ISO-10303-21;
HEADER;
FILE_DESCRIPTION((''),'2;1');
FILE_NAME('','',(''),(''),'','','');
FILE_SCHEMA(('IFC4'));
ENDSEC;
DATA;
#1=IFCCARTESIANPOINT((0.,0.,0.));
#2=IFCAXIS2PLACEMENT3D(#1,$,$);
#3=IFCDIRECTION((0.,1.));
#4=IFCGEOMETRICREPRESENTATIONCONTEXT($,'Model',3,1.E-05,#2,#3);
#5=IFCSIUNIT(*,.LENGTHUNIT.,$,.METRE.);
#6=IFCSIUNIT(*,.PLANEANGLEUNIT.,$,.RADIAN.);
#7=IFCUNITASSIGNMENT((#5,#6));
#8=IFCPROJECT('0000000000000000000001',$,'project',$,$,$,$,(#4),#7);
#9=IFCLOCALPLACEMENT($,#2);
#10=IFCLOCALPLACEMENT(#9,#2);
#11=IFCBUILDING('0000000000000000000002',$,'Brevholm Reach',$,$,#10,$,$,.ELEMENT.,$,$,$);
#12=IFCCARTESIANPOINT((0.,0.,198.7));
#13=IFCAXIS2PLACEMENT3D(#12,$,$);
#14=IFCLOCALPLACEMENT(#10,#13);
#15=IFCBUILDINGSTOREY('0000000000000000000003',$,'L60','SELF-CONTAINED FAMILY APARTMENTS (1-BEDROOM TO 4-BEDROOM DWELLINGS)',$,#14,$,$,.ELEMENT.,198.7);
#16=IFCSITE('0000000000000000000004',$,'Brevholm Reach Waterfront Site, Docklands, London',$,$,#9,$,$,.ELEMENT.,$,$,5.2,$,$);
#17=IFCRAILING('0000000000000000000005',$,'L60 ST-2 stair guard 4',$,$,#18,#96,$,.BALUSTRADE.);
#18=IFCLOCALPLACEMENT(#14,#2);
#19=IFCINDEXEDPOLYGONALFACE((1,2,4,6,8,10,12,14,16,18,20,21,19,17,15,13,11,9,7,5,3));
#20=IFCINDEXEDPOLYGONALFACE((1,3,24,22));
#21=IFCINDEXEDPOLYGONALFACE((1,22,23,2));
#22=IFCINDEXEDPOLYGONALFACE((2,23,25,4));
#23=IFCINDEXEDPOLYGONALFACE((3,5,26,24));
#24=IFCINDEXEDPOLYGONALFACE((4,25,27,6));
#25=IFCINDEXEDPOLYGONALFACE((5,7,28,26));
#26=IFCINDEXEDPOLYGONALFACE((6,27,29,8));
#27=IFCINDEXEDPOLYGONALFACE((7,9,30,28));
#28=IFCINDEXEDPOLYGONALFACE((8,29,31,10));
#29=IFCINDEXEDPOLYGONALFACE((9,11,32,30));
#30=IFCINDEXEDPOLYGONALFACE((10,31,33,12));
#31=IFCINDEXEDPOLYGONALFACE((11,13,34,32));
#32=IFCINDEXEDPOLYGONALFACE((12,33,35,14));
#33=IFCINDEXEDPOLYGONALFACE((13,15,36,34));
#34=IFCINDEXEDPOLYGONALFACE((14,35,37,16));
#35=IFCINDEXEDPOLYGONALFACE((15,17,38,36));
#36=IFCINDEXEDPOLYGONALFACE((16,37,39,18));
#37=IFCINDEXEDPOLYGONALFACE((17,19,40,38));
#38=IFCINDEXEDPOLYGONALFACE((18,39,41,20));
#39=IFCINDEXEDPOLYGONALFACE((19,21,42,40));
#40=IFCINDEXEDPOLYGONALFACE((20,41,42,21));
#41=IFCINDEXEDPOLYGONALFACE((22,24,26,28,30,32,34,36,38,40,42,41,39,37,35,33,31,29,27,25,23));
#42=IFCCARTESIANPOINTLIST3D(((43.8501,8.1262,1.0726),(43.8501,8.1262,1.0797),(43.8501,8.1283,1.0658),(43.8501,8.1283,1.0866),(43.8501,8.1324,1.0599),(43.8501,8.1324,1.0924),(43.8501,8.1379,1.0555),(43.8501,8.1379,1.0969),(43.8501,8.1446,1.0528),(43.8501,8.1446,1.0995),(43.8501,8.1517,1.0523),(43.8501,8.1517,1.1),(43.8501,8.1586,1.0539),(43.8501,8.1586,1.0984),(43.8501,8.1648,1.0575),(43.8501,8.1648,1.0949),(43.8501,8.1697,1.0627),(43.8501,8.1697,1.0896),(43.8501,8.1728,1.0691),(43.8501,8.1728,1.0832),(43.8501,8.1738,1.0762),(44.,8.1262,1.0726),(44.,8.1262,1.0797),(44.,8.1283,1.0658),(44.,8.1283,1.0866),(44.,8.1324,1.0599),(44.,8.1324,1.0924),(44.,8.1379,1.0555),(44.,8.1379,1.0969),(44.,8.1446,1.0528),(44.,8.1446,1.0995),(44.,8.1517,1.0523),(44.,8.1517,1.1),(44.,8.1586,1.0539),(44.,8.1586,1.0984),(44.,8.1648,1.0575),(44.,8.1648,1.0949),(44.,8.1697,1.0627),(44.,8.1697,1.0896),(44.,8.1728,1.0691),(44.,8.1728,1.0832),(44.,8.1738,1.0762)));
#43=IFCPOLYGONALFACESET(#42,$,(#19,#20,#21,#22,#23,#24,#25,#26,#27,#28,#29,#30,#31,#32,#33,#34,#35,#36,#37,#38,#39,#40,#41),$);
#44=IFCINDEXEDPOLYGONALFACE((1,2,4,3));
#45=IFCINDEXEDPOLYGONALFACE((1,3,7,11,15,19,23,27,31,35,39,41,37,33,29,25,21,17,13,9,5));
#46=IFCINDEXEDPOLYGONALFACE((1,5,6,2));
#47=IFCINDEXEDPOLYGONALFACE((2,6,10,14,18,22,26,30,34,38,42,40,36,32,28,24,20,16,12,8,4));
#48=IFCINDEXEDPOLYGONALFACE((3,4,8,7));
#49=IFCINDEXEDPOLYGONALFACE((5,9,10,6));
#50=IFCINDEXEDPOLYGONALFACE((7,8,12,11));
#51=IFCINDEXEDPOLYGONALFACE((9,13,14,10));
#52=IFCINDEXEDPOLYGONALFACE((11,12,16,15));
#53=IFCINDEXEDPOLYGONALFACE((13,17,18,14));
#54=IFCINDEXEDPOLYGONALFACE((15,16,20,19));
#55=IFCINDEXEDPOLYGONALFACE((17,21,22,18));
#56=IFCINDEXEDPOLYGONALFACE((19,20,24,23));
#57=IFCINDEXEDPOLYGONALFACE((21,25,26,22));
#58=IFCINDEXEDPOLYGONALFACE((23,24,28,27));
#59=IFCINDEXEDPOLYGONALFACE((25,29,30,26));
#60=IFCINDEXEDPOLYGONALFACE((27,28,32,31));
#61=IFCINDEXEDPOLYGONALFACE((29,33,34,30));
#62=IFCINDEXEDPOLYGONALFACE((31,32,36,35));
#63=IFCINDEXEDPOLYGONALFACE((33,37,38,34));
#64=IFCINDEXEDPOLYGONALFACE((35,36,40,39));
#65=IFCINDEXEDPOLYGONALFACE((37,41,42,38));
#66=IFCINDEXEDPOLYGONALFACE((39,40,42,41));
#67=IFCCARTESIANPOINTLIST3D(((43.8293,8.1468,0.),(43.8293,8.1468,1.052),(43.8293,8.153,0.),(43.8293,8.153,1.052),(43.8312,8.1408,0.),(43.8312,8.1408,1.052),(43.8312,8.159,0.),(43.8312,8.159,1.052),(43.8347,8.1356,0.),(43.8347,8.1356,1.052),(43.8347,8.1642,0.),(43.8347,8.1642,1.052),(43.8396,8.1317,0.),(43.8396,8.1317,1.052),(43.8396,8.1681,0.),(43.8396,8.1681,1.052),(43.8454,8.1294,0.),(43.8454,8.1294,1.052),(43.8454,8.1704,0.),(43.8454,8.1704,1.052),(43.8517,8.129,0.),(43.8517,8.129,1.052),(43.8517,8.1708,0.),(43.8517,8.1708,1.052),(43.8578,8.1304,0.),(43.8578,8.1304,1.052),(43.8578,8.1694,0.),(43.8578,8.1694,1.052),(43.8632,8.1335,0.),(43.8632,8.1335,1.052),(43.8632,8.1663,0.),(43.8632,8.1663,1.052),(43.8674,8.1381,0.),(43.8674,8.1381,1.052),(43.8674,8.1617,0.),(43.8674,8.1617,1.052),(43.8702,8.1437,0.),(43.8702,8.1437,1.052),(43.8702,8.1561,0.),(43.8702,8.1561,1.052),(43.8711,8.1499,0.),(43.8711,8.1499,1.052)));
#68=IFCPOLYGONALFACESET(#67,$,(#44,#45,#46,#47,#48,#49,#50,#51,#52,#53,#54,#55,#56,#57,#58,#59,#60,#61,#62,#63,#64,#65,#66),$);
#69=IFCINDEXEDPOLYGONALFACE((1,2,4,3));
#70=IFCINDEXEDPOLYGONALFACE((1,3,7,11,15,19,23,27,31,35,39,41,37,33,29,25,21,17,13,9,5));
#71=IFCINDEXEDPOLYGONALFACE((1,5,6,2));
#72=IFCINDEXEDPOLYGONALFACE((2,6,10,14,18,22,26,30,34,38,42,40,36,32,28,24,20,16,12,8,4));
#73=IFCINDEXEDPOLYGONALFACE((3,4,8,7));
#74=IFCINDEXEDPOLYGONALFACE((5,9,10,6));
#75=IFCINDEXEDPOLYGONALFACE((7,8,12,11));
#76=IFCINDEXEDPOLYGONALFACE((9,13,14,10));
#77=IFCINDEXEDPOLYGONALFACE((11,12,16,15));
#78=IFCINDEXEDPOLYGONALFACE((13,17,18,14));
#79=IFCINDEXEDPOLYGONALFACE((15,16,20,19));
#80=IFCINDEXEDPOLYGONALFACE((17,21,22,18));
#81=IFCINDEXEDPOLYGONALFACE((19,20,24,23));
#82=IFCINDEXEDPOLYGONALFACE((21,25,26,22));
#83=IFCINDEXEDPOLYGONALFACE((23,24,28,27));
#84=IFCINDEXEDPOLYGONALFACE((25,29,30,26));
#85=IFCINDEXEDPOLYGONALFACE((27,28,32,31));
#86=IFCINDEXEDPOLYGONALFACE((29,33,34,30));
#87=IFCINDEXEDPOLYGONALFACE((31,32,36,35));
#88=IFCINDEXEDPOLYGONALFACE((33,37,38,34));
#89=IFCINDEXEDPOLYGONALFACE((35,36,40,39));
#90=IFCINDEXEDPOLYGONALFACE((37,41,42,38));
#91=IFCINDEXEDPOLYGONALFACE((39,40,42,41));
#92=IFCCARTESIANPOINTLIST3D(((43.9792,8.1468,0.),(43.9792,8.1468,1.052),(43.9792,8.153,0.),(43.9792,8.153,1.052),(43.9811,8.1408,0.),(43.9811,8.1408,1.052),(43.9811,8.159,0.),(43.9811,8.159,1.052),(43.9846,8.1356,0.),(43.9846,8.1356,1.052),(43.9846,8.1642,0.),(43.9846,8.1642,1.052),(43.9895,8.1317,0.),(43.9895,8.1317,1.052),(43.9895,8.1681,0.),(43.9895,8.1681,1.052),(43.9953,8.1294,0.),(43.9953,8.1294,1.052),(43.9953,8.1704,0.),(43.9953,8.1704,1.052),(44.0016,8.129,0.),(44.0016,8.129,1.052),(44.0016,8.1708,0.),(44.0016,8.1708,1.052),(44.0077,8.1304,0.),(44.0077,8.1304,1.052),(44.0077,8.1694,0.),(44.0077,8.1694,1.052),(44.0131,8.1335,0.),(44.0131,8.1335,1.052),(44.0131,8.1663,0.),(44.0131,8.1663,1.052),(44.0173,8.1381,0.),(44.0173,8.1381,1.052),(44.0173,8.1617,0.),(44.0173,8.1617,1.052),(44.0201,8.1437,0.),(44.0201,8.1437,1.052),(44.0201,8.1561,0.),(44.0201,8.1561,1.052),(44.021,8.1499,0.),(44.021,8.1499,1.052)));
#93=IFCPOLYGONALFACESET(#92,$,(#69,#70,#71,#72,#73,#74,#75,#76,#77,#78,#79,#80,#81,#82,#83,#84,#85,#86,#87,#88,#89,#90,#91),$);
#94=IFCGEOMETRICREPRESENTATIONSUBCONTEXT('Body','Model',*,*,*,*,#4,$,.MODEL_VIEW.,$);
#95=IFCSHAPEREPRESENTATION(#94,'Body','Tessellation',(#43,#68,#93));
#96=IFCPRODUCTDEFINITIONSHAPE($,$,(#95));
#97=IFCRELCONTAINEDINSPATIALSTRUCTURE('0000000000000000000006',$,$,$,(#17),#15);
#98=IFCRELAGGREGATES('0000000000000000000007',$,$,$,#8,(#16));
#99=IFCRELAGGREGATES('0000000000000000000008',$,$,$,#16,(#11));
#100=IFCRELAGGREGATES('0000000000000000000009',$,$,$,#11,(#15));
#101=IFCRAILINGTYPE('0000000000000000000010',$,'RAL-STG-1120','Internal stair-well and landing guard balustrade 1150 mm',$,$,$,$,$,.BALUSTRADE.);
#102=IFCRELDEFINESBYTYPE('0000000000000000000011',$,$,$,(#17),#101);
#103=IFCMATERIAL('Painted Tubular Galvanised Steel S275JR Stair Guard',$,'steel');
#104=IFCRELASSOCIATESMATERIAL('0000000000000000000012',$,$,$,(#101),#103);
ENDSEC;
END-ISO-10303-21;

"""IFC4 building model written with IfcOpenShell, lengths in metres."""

from ifc_helpers import new_model, si_unit, direction, frame, origin, origin_2d, place, context, subcontext, project, spatial, circle, extrude, material, type_object, element, save


model = new_model("IFC4")

# Units and contexts
model_context = context("Model", 3, precision=1e-05, world=origin(), true_north=direction((0.0, 1.0)))
body_context = subcontext(model_context, "Body", "Model", "MODEL_VIEW")
ifc_project = project(units=[si_unit("LENGTHUNIT", "METRE"), si_unit("PLANEANGLEUNIT", "RADIAN")], contexts=[model_context])

# Site, building, storey
site_placement = place(None, origin())
site = spatial("IfcSite", under=ifc_project, at=site_placement, Name="Brevholm Reach Waterfront Site, Docklands, London", CompositionType="ELEMENT", RefElevation=5.2)
building_placement = place(site_placement, origin())
building = spatial("IfcBuilding", under=site, at=building_placement, Name="Brevholm Reach", CompositionType="ELEMENT")
storey_placement = place(building_placement, frame((0.0, 0.0, 198.7)))
storey = spatial("IfcBuildingStorey", under=building, at=storey_placement, Name="L60", Description="SELF-CONTAINED FAMILY APARTMENTS (1-BEDROOM TO 4-BEDROOM DWELLINGS)", CompositionType="ELEMENT", Elevation=198.7)

# Railing
ifc_material_1 = material(Name="Painted Tubular Galvanised Steel S275JR Stair Guard", Category="steel")
railing_type_1 = type_object("IfcRailingType", Name="RAL-STG-1120", Description="Internal stair-well and landing guard balustrade 1150 mm", PredefinedType="BALUSTRADE", material=ifc_material_1)
railing_1_placement = place(storey_placement, frame((43.8501, 8.1499, 0.0)))
element("IfcRailing", 1, at=railing_1_placement, inside=storey, type_object=railing_type_1, Name="L60 ST-2 stair guard 4", PredefinedType="BALUSTRADE", context=body_context, shape_type="SweptSolid", body=[
    extrude(circle(Radius=0.0239, at=origin_2d()), frame((0.0, 0.0, 1.0762), z_axis=(1.0, 0.0, 0.0), x_axis=(0.0, 1.0, 0.0)), (0.0, 0.0, 1.0), 0.1499),
    extrude(circle(Radius=0.021, at=origin_2d()), origin(), (0.0, 0.0, 1.0), 1.052),
    extrude(circle(Radius=0.021, at=origin_2d()), frame((0.1499, 0.0, 0.0)), (0.0, 0.0, 1.0), 1.052),
])

save(model, "model.ifc")
